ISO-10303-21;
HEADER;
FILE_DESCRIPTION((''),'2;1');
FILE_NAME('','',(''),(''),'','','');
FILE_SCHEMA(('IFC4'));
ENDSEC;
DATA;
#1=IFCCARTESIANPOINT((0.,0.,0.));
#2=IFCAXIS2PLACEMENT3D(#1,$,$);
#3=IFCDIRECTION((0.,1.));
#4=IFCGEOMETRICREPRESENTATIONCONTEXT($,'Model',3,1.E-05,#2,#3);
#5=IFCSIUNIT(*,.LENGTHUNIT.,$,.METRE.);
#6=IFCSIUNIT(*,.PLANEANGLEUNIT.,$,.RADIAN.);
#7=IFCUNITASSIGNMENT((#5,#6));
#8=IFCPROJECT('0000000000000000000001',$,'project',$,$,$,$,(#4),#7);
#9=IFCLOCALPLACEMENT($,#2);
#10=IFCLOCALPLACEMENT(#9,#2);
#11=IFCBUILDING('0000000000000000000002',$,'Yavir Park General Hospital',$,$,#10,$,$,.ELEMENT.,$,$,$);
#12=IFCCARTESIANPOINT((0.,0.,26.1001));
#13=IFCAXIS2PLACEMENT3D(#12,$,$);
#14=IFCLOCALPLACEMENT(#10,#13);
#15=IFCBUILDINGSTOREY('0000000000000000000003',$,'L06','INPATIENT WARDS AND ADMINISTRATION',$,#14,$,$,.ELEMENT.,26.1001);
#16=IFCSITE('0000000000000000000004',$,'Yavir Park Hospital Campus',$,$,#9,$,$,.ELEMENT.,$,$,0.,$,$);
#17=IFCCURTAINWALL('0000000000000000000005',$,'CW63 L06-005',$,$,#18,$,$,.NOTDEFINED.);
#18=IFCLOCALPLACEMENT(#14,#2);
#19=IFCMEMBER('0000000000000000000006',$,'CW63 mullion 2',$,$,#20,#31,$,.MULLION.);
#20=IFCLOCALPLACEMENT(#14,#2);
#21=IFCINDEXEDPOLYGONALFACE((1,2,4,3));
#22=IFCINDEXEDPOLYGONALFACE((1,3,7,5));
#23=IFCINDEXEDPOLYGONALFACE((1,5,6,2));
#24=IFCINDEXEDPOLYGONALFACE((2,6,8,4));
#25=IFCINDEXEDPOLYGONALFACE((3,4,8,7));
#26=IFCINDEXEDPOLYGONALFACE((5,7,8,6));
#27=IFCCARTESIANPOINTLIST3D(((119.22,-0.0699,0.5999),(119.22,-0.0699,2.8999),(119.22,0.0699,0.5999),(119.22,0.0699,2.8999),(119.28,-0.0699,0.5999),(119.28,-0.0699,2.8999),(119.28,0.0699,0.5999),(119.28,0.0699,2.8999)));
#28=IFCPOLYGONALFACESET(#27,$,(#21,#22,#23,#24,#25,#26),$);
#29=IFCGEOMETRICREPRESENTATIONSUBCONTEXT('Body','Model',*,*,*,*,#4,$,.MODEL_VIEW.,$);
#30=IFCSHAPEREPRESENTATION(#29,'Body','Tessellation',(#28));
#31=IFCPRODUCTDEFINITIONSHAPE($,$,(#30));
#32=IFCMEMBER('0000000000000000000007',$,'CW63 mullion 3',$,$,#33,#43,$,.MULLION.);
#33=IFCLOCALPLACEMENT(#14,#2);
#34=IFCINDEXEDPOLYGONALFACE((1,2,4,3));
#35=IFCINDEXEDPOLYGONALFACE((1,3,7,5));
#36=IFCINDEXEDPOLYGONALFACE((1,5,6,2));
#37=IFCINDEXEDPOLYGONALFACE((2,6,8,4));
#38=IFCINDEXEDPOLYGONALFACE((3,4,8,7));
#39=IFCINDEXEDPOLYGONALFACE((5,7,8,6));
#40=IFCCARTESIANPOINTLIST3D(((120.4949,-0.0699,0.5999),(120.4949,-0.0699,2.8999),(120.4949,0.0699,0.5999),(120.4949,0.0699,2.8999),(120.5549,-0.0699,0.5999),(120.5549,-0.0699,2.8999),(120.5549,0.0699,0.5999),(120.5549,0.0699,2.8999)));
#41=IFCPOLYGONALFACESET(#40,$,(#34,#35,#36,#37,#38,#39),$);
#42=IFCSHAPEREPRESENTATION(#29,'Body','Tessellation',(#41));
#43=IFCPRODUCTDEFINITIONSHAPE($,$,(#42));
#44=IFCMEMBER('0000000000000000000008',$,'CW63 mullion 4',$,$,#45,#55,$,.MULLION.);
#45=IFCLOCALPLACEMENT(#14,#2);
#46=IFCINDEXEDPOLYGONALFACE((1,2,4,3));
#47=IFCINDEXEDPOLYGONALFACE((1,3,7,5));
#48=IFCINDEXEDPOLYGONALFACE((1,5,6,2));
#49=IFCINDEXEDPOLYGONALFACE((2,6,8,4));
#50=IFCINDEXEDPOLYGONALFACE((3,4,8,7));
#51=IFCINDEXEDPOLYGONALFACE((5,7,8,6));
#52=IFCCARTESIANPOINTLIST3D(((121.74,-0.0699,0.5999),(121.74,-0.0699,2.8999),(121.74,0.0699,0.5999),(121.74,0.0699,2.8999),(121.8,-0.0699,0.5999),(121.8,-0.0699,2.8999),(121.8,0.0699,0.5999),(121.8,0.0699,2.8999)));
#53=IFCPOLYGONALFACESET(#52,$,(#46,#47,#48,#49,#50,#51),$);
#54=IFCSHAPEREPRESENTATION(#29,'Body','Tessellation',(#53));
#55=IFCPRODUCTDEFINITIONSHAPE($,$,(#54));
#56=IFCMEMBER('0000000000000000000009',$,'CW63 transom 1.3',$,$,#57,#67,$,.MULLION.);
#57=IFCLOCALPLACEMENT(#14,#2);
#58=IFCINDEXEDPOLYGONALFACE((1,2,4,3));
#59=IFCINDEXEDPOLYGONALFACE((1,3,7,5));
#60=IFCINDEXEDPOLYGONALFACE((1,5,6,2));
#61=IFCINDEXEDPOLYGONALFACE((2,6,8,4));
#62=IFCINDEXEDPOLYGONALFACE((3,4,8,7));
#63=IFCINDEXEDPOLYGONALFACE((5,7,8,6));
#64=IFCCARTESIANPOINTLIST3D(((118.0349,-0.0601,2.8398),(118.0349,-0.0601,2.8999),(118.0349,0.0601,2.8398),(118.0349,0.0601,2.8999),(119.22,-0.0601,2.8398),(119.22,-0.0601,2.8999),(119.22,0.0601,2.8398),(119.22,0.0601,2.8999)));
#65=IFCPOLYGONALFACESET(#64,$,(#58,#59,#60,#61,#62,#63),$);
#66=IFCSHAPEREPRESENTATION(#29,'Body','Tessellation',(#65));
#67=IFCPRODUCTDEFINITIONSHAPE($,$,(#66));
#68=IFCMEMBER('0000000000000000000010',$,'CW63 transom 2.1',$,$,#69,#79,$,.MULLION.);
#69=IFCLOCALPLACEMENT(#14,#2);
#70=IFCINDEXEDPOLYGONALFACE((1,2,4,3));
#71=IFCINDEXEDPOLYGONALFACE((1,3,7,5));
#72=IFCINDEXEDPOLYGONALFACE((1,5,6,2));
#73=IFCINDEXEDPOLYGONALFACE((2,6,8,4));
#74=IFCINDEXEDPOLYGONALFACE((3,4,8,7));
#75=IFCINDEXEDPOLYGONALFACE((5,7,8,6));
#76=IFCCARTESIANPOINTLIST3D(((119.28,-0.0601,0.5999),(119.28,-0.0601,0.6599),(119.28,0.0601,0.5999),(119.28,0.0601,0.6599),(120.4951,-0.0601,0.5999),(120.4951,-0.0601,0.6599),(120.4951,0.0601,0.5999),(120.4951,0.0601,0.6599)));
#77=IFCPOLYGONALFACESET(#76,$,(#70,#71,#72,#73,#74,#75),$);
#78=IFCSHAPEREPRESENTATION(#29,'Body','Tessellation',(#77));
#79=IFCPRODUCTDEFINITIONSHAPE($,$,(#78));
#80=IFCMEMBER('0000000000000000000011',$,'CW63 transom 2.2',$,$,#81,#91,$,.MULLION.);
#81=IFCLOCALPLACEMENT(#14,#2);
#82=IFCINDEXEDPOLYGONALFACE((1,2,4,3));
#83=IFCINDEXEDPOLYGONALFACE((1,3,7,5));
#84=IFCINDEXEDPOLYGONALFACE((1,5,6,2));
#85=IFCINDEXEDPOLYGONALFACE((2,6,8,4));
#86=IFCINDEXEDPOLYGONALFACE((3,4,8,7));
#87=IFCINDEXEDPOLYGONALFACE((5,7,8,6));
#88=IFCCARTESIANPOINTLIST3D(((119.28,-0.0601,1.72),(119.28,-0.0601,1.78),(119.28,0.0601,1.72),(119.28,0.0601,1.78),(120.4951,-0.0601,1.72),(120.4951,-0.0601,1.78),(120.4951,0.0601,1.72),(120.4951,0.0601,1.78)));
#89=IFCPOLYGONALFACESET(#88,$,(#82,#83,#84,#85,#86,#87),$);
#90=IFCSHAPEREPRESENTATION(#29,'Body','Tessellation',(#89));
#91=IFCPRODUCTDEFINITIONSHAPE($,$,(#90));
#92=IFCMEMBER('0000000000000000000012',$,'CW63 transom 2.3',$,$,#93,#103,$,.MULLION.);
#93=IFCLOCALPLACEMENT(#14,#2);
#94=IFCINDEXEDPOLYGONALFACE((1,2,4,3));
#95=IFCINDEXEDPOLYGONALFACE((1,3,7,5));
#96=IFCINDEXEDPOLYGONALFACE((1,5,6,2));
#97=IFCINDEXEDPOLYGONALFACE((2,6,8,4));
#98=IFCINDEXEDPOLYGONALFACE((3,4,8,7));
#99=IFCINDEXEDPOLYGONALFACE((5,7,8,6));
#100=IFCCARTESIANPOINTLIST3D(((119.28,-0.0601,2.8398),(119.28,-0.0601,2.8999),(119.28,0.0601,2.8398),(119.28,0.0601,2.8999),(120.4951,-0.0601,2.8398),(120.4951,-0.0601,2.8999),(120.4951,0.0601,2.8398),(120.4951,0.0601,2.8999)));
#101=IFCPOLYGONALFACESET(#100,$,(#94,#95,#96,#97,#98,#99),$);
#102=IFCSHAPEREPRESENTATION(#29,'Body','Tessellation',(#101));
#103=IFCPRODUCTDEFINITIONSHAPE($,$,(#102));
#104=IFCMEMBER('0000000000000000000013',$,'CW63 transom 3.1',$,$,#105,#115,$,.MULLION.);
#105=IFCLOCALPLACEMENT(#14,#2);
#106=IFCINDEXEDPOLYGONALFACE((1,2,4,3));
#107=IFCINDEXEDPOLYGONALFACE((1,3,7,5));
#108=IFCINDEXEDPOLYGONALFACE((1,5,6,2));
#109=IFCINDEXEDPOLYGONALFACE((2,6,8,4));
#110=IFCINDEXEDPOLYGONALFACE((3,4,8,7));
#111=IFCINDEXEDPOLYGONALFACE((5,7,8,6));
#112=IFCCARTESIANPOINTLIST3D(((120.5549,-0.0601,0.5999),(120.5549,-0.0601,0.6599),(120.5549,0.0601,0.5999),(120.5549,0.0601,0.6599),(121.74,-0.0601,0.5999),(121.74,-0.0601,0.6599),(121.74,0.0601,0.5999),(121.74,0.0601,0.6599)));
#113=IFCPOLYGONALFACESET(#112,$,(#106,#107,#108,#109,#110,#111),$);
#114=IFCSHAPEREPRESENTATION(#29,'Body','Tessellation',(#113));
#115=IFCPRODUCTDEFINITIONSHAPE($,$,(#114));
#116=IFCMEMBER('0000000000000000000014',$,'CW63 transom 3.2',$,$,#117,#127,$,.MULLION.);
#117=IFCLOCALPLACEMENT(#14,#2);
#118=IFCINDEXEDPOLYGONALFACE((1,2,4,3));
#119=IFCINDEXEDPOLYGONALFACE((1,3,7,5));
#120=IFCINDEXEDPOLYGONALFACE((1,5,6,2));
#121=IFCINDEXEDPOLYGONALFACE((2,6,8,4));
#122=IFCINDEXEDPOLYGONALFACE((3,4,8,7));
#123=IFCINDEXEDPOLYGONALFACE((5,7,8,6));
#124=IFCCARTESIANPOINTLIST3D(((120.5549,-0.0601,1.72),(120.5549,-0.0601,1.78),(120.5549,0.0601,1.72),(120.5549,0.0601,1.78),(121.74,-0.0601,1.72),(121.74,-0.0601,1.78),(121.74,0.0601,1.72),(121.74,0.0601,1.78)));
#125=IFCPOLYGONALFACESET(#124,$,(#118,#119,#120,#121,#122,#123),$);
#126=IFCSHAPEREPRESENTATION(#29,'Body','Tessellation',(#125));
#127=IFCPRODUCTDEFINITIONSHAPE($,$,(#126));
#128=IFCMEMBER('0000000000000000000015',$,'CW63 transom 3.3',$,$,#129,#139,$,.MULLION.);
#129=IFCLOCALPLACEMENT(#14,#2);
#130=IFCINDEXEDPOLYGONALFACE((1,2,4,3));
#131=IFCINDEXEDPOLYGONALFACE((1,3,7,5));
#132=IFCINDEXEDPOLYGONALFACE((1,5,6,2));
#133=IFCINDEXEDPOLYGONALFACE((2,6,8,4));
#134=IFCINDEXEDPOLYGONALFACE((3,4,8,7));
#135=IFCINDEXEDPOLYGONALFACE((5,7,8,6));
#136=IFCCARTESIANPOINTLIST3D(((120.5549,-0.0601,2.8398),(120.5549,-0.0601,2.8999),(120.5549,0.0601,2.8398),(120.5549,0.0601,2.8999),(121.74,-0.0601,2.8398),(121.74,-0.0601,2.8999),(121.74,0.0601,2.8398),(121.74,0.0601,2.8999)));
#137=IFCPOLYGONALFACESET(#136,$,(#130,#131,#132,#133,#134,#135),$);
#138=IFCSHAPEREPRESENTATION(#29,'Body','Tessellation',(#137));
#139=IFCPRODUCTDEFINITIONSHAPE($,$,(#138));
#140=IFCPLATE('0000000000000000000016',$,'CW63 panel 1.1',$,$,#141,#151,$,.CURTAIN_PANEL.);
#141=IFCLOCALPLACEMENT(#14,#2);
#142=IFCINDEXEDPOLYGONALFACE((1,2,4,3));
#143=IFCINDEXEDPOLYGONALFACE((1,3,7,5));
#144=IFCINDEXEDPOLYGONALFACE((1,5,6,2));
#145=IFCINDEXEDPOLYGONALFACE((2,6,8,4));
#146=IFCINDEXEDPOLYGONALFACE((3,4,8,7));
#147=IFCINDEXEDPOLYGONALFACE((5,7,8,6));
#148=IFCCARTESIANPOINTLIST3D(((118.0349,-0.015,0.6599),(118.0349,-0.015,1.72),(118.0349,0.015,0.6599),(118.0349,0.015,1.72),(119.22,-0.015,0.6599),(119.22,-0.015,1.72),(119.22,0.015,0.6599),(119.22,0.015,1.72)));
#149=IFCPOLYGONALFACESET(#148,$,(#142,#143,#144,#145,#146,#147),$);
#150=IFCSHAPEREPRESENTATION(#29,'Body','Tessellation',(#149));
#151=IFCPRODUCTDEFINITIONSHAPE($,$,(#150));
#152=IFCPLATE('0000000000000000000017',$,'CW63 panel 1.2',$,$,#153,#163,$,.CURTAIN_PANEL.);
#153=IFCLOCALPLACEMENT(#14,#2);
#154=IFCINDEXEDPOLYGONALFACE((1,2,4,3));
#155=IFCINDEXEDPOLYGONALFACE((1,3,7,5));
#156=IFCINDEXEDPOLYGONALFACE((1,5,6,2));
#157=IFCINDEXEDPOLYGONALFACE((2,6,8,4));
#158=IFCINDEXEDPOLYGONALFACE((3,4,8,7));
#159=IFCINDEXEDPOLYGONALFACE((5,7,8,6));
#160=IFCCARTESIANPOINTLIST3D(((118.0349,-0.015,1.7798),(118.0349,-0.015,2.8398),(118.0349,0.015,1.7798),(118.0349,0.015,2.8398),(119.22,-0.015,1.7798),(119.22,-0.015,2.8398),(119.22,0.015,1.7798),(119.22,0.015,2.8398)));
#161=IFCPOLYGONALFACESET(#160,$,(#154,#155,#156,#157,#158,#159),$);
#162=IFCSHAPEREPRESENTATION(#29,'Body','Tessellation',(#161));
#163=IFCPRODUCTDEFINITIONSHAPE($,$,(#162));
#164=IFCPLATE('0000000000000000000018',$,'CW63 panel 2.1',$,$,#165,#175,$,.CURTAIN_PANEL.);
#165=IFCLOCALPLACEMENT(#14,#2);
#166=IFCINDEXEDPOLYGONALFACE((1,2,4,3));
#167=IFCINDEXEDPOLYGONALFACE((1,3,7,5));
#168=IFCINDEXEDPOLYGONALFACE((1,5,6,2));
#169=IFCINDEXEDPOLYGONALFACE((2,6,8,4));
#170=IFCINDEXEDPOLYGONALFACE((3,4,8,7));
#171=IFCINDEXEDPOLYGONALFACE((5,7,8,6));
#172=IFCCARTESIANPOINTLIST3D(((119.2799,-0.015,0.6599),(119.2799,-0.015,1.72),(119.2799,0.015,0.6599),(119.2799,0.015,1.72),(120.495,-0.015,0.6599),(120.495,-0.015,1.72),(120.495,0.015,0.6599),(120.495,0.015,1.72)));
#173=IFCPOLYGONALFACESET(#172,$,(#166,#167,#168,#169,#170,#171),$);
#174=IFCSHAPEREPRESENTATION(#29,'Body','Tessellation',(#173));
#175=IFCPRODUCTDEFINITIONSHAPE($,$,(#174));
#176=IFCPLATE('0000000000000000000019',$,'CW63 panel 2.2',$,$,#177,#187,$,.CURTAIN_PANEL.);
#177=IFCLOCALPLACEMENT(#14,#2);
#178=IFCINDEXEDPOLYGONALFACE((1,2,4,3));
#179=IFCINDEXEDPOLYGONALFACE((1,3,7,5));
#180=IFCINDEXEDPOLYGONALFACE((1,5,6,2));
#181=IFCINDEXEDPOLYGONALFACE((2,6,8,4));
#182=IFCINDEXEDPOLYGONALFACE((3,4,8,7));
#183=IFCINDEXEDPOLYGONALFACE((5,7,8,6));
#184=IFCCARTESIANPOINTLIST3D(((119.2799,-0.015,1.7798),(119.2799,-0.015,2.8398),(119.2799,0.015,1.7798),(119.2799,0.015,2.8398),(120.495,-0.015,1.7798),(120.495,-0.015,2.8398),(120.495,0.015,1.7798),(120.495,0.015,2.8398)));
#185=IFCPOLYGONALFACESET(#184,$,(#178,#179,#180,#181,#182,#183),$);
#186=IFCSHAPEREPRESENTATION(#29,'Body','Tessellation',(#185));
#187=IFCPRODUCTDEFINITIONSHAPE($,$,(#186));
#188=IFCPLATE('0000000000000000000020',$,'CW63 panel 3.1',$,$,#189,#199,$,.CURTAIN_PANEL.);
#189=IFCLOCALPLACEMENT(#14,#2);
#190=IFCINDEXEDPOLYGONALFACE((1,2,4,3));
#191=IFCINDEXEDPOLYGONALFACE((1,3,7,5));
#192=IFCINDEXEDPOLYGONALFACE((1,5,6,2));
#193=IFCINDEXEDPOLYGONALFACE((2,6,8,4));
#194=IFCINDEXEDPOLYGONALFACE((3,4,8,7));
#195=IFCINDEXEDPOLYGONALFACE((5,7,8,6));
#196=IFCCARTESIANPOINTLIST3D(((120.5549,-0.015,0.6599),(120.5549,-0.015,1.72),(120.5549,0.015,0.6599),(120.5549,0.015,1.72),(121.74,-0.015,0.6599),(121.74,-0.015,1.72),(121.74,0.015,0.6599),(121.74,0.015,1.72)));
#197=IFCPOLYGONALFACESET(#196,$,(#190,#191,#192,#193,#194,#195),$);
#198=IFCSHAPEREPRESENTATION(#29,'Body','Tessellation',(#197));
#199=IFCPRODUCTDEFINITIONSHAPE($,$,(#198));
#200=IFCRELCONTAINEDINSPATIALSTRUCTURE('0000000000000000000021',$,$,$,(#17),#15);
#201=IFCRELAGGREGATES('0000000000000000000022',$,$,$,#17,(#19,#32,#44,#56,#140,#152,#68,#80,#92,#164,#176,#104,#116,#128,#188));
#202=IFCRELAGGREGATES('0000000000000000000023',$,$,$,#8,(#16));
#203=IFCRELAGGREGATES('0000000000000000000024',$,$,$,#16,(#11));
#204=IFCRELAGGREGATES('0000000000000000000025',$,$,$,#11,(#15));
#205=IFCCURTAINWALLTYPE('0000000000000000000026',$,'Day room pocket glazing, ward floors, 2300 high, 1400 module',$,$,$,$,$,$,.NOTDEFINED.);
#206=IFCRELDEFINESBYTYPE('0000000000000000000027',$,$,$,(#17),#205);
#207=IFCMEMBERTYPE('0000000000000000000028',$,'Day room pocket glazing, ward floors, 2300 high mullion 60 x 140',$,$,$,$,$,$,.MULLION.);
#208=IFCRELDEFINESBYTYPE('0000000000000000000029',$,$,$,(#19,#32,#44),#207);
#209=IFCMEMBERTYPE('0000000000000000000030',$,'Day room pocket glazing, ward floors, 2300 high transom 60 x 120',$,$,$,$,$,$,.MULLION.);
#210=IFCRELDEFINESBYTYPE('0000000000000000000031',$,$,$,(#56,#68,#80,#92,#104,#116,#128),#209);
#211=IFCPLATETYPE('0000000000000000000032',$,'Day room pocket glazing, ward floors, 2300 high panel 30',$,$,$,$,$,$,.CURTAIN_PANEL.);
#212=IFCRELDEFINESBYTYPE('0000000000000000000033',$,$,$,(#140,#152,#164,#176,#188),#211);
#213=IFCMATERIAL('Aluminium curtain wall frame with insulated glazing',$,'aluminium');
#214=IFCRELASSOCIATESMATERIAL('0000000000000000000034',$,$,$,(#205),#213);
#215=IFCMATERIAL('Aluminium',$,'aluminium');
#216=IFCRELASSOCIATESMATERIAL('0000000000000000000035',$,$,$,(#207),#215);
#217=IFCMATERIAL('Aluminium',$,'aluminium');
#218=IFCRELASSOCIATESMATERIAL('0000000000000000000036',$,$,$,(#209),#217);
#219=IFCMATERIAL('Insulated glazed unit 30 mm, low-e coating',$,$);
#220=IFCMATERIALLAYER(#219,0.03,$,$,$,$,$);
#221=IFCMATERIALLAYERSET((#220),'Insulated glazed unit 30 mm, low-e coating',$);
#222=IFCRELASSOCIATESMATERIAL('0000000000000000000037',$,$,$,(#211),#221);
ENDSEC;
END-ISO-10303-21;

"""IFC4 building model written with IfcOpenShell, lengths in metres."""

from ifc_helpers import new_model, si_unit, direction, frame, origin, origin_2d, place, context, subcontext, project, spatial, rectangle, extrude, material, layer, layer_set, material_profile, profile_set, type_object, element, aggregate, save


model = new_model("IFC4")

# Units and contexts
model_context = context("Model", 3, precision=1e-05, world=origin(), true_north=direction((0.0, 1.0)))
body_context = subcontext(model_context, "Body", "Model", "MODEL_VIEW")
ifc_project = project(units=[si_unit("LENGTHUNIT", "METRE"), si_unit("PLANEANGLEUNIT", "RADIAN")], contexts=[model_context])

# Site, building, storey
site_placement = place(None, origin())
site = spatial("IfcSite", under=ifc_project, at=site_placement, Name="Yavir Park Hospital Campus", CompositionType="ELEMENT", RefElevation=0.0)
building_placement = place(site_placement, origin())
building = spatial("IfcBuilding", under=site, at=building_placement, Name="Yavir Park General Hospital", CompositionType="ELEMENT")
storey_placement = place(building_placement, frame((0.0, 0.0, 26.1001)))
storey = spatial("IfcBuildingStorey", under=building, at=storey_placement, Name="L06", Description="INPATIENT WARDS AND ADMINISTRATION", CompositionType="ELEMENT", Elevation=26.1001)

# Curtain wall, members, plates
ifc_material_1 = material(Name="Aluminium curtain wall frame with insulated glazing", Category="aluminium")
curtain_wall_type = type_object("IfcCurtainWallType", Name="Day room pocket glazing, ward floors, 2300 high, 1400 module", PredefinedType="NOTDEFINED", material=ifc_material_1)
curtain_wall_placement = place(storey_placement, origin())
curtain_wall = element("IfcCurtainWall", 1, at=curtain_wall_placement, inside=storey, type_object=curtain_wall_type, Name="CW63 L06-005", PredefinedType="NOTDEFINED")
ifc_material_2 = material(Name="Aluminium", Category="aluminium")
ifc_material_profile_1 = material_profile(ifc_material_2, rectangle(XDim=0.1399, YDim=0.0601, at=origin_2d()), Name="AL 60x140")
ifc_profile_set_1 = profile_set([ifc_material_profile_1], Name="Aluminium")
member_type_1 = type_object("IfcMemberType", Name="Day room pocket glazing, ward floors, 2300 high mullion 60 x 140", PredefinedType="MULLION", material=ifc_profile_set_1)
member_1_placement = place(storey_placement, frame((119.25, 0.0, 0.5999), z_axis=(0.0, 0.0, 1.0), x_axis=(0.0, 1.0, 0.0)))
member_1 = element("IfcMember", 2, at=member_1_placement, type_object=member_type_1, Name="CW63 mullion 2", PredefinedType="MULLION", context=body_context, shape_type="SweptSolid", body=[
    extrude(rectangle(XDim=0.1399, YDim=0.0601, at=origin_2d()), origin(), (0.0, 0.0, 1.0), 2.3),
])
member_2_placement = place(storey_placement, frame((120.5249, 0.0, 0.5999), z_axis=(0.0, 0.0, 1.0), x_axis=(0.0, 1.0, 0.0)))
member_2 = element("IfcMember", 3, at=member_2_placement, type_object=member_type_1, Name="CW63 mullion 3", PredefinedType="MULLION", context=body_context, shape_type="SweptSolid", body=[
    extrude(rectangle(XDim=0.1399, YDim=0.0601, at=origin_2d()), origin(), (0.0, 0.0, 1.0), 2.3),
])
member_3_placement = place(storey_placement, frame((121.77, 0.0, 0.5999), z_axis=(0.0, 0.0, 1.0), x_axis=(0.0, 1.0, 0.0)))
member_3 = element("IfcMember", 4, at=member_3_placement, type_object=member_type_1, Name="CW63 mullion 4", PredefinedType="MULLION", context=body_context, shape_type="SweptSolid", body=[
    extrude(rectangle(XDim=0.1399, YDim=0.0601, at=origin_2d()), origin(), (0.0, 0.0, 1.0), 2.3),
])
ifc_material_3 = material(Name="Aluminium", Category="aluminium")
ifc_material_profile_2 = material_profile(ifc_material_3, rectangle(XDim=0.1201, YDim=0.0601, at=origin_2d()), Name="AL 120x60")
ifc_profile_set_2 = profile_set([ifc_material_profile_2], Name="Aluminium")
member_type_2 = type_object("IfcMemberType", Name="Day room pocket glazing, ward floors, 2300 high transom 60 x 120", PredefinedType="MULLION", material=ifc_profile_set_2)
member_4_placement = place(storey_placement, frame((118.0349, 0.0, 2.8699), z_axis=(1.0, 0.0, 0.0), x_axis=(0.0, 1.0, 0.0)))
member_4 = element("IfcMember", 5, at=member_4_placement, type_object=member_type_2, Name="CW63 transom 1.3", PredefinedType="MULLION", context=body_context, shape_type="SweptSolid", body=[
    extrude(rectangle(XDim=0.1201, YDim=0.0601, at=origin_2d()), origin(), (0.0, 0.0, 1.0), 1.1851),
])
member_5_placement = place(storey_placement, frame((119.28, 0.0, 0.6299), z_axis=(1.0, 0.0, 0.0), x_axis=(0.0, 1.0, 0.0)))
member_5 = element("IfcMember", 6, at=member_5_placement, type_object=member_type_2, Name="CW63 transom 2.1", PredefinedType="MULLION", context=body_context, shape_type="SweptSolid", body=[
    extrude(rectangle(XDim=0.1201, YDim=0.0601, at=origin_2d()), origin(), (0.0, 0.0, 1.0), 1.2151),
])
member_6_placement = place(storey_placement, frame((119.28, 0.0, 1.75), z_axis=(1.0, 0.0, 0.0), x_axis=(0.0, 1.0, 0.0)))
member_6 = element("IfcMember", 7, at=member_6_placement, type_object=member_type_2, Name="CW63 transom 2.2", PredefinedType="MULLION", context=body_context, shape_type="SweptSolid", body=[
    extrude(rectangle(XDim=0.1201, YDim=0.0601, at=origin_2d()), origin(), (0.0, 0.0, 1.0), 1.2151),
])
member_7_placement = place(storey_placement, frame((119.28, 0.0, 2.8699), z_axis=(1.0, 0.0, 0.0), x_axis=(0.0, 1.0, 0.0)))
member_7 = element("IfcMember", 8, at=member_7_placement, type_object=member_type_2, Name="CW63 transom 2.3", PredefinedType="MULLION", context=body_context, shape_type="SweptSolid", body=[
    extrude(rectangle(XDim=0.1201, YDim=0.0601, at=origin_2d()), origin(), (0.0, 0.0, 1.0), 1.2151),
])
member_8_placement = place(storey_placement, frame((120.5549, 0.0, 0.6299), z_axis=(1.0, 0.0, 0.0), x_axis=(0.0, 1.0, 0.0)))
member_8 = element("IfcMember", 9, at=member_8_placement, type_object=member_type_2, Name="CW63 transom 3.1", PredefinedType="MULLION", context=body_context, shape_type="SweptSolid", body=[
    extrude(rectangle(XDim=0.1201, YDim=0.0601, at=origin_2d()), origin(), (0.0, 0.0, 1.0), 1.1851),
])
member_9_placement = place(storey_placement, frame((120.5549, 0.0, 1.75), z_axis=(1.0, 0.0, 0.0), x_axis=(0.0, 1.0, 0.0)))
member_9 = element("IfcMember", 10, at=member_9_placement, type_object=member_type_2, Name="CW63 transom 3.2", PredefinedType="MULLION", context=body_context, shape_type="SweptSolid", body=[
    extrude(rectangle(XDim=0.1201, YDim=0.0601, at=origin_2d()), origin(), (0.0, 0.0, 1.0), 1.1851),
])
member_10_placement = place(storey_placement, frame((120.5549, 0.0, 2.8699), z_axis=(1.0, 0.0, 0.0), x_axis=(0.0, 1.0, 0.0)))
member_10 = element("IfcMember", 11, at=member_10_placement, type_object=member_type_2, Name="CW63 transom 3.3", PredefinedType="MULLION", context=body_context, shape_type="SweptSolid", body=[
    extrude(rectangle(XDim=0.1201, YDim=0.0601, at=origin_2d()), origin(), (0.0, 0.0, 1.0), 1.1851),
])
ifc_material_4 = material(Name="Insulated glazed unit 30 mm, low-e coating")
ifc_layer_1 = layer(ifc_material_4, 0.03)
ifc_layer_set_1 = layer_set([ifc_layer_1], Name="Insulated glazed unit 30 mm, low-e coating")
plate_type = type_object("IfcPlateType", Name="Day room pocket glazing, ward floors, 2300 high panel 30", PredefinedType="CURTAIN_PANEL", material=ifc_layer_set_1)
plate_1_placement = place(storey_placement, frame((118.6274, 0.0, 0.6599), z_axis=(0.0, 0.0, 1.0), x_axis=(1.0, 0.0, 0.0)))
plate_1 = element("IfcPlate", 12, at=plate_1_placement, type_object=plate_type, Name="CW63 panel 1.1", PredefinedType="CURTAIN_PANEL", context=body_context, shape_type="SweptSolid", body=[
    extrude(rectangle(XDim=1.1851, YDim=0.03, at=origin_2d()), origin(), (0.0, 0.0, 1.0), 1.0601),
])
plate_2_placement = place(storey_placement, frame((118.6274, 0.0, 1.7798), z_axis=(0.0, 0.0, 1.0), x_axis=(1.0, 0.0, 0.0)))
plate_2 = element("IfcPlate", 13, at=plate_2_placement, type_object=plate_type, Name="CW63 panel 1.2", PredefinedType="CURTAIN_PANEL", context=body_context, shape_type="SweptSolid", body=[
    extrude(rectangle(XDim=1.1851, YDim=0.03, at=origin_2d()), origin(), (0.0, 0.0, 1.0), 1.0601),
])
plate_3_placement = place(storey_placement, frame((119.8875, 0.0, 0.6599), z_axis=(0.0, 0.0, 1.0), x_axis=(1.0, 0.0, 0.0)))
plate_3 = element("IfcPlate", 14, at=plate_3_placement, type_object=plate_type, Name="CW63 panel 2.1", PredefinedType="CURTAIN_PANEL", context=body_context, shape_type="SweptSolid", body=[
    extrude(rectangle(XDim=1.2151, YDim=0.03, at=origin_2d()), origin(), (0.0, 0.0, 1.0), 1.0601),
])
plate_4_placement = place(storey_placement, frame((119.8875, 0.0, 1.7798), z_axis=(0.0, 0.0, 1.0), x_axis=(1.0, 0.0, 0.0)))
plate_4 = element("IfcPlate", 15, at=plate_4_placement, type_object=plate_type, Name="CW63 panel 2.2", PredefinedType="CURTAIN_PANEL", context=body_context, shape_type="SweptSolid", body=[
    extrude(rectangle(XDim=1.2151, YDim=0.03, at=origin_2d()), origin(), (0.0, 0.0, 1.0), 1.0601),
])
plate_5_placement = place(storey_placement, frame((121.1475, 0.0, 0.6599), z_axis=(0.0, 0.0, 1.0), x_axis=(1.0, 0.0, 0.0)))
plate_5 = element("IfcPlate", 16, at=plate_5_placement, type_object=plate_type, Name="CW63 panel 3.1", PredefinedType="CURTAIN_PANEL", context=body_context, shape_type="SweptSolid", body=[
    extrude(rectangle(XDim=1.1851, YDim=0.03, at=origin_2d()), origin(), (0.0, 0.0, 1.0), 1.0601),
])
aggregate(curtain_wall, [member_1, member_2, member_3, member_4, plate_1, plate_2, member_5, member_6, member_7, plate_3, plate_4, member_8, member_9, member_10, plate_5])

save(model, "model.ifc")
